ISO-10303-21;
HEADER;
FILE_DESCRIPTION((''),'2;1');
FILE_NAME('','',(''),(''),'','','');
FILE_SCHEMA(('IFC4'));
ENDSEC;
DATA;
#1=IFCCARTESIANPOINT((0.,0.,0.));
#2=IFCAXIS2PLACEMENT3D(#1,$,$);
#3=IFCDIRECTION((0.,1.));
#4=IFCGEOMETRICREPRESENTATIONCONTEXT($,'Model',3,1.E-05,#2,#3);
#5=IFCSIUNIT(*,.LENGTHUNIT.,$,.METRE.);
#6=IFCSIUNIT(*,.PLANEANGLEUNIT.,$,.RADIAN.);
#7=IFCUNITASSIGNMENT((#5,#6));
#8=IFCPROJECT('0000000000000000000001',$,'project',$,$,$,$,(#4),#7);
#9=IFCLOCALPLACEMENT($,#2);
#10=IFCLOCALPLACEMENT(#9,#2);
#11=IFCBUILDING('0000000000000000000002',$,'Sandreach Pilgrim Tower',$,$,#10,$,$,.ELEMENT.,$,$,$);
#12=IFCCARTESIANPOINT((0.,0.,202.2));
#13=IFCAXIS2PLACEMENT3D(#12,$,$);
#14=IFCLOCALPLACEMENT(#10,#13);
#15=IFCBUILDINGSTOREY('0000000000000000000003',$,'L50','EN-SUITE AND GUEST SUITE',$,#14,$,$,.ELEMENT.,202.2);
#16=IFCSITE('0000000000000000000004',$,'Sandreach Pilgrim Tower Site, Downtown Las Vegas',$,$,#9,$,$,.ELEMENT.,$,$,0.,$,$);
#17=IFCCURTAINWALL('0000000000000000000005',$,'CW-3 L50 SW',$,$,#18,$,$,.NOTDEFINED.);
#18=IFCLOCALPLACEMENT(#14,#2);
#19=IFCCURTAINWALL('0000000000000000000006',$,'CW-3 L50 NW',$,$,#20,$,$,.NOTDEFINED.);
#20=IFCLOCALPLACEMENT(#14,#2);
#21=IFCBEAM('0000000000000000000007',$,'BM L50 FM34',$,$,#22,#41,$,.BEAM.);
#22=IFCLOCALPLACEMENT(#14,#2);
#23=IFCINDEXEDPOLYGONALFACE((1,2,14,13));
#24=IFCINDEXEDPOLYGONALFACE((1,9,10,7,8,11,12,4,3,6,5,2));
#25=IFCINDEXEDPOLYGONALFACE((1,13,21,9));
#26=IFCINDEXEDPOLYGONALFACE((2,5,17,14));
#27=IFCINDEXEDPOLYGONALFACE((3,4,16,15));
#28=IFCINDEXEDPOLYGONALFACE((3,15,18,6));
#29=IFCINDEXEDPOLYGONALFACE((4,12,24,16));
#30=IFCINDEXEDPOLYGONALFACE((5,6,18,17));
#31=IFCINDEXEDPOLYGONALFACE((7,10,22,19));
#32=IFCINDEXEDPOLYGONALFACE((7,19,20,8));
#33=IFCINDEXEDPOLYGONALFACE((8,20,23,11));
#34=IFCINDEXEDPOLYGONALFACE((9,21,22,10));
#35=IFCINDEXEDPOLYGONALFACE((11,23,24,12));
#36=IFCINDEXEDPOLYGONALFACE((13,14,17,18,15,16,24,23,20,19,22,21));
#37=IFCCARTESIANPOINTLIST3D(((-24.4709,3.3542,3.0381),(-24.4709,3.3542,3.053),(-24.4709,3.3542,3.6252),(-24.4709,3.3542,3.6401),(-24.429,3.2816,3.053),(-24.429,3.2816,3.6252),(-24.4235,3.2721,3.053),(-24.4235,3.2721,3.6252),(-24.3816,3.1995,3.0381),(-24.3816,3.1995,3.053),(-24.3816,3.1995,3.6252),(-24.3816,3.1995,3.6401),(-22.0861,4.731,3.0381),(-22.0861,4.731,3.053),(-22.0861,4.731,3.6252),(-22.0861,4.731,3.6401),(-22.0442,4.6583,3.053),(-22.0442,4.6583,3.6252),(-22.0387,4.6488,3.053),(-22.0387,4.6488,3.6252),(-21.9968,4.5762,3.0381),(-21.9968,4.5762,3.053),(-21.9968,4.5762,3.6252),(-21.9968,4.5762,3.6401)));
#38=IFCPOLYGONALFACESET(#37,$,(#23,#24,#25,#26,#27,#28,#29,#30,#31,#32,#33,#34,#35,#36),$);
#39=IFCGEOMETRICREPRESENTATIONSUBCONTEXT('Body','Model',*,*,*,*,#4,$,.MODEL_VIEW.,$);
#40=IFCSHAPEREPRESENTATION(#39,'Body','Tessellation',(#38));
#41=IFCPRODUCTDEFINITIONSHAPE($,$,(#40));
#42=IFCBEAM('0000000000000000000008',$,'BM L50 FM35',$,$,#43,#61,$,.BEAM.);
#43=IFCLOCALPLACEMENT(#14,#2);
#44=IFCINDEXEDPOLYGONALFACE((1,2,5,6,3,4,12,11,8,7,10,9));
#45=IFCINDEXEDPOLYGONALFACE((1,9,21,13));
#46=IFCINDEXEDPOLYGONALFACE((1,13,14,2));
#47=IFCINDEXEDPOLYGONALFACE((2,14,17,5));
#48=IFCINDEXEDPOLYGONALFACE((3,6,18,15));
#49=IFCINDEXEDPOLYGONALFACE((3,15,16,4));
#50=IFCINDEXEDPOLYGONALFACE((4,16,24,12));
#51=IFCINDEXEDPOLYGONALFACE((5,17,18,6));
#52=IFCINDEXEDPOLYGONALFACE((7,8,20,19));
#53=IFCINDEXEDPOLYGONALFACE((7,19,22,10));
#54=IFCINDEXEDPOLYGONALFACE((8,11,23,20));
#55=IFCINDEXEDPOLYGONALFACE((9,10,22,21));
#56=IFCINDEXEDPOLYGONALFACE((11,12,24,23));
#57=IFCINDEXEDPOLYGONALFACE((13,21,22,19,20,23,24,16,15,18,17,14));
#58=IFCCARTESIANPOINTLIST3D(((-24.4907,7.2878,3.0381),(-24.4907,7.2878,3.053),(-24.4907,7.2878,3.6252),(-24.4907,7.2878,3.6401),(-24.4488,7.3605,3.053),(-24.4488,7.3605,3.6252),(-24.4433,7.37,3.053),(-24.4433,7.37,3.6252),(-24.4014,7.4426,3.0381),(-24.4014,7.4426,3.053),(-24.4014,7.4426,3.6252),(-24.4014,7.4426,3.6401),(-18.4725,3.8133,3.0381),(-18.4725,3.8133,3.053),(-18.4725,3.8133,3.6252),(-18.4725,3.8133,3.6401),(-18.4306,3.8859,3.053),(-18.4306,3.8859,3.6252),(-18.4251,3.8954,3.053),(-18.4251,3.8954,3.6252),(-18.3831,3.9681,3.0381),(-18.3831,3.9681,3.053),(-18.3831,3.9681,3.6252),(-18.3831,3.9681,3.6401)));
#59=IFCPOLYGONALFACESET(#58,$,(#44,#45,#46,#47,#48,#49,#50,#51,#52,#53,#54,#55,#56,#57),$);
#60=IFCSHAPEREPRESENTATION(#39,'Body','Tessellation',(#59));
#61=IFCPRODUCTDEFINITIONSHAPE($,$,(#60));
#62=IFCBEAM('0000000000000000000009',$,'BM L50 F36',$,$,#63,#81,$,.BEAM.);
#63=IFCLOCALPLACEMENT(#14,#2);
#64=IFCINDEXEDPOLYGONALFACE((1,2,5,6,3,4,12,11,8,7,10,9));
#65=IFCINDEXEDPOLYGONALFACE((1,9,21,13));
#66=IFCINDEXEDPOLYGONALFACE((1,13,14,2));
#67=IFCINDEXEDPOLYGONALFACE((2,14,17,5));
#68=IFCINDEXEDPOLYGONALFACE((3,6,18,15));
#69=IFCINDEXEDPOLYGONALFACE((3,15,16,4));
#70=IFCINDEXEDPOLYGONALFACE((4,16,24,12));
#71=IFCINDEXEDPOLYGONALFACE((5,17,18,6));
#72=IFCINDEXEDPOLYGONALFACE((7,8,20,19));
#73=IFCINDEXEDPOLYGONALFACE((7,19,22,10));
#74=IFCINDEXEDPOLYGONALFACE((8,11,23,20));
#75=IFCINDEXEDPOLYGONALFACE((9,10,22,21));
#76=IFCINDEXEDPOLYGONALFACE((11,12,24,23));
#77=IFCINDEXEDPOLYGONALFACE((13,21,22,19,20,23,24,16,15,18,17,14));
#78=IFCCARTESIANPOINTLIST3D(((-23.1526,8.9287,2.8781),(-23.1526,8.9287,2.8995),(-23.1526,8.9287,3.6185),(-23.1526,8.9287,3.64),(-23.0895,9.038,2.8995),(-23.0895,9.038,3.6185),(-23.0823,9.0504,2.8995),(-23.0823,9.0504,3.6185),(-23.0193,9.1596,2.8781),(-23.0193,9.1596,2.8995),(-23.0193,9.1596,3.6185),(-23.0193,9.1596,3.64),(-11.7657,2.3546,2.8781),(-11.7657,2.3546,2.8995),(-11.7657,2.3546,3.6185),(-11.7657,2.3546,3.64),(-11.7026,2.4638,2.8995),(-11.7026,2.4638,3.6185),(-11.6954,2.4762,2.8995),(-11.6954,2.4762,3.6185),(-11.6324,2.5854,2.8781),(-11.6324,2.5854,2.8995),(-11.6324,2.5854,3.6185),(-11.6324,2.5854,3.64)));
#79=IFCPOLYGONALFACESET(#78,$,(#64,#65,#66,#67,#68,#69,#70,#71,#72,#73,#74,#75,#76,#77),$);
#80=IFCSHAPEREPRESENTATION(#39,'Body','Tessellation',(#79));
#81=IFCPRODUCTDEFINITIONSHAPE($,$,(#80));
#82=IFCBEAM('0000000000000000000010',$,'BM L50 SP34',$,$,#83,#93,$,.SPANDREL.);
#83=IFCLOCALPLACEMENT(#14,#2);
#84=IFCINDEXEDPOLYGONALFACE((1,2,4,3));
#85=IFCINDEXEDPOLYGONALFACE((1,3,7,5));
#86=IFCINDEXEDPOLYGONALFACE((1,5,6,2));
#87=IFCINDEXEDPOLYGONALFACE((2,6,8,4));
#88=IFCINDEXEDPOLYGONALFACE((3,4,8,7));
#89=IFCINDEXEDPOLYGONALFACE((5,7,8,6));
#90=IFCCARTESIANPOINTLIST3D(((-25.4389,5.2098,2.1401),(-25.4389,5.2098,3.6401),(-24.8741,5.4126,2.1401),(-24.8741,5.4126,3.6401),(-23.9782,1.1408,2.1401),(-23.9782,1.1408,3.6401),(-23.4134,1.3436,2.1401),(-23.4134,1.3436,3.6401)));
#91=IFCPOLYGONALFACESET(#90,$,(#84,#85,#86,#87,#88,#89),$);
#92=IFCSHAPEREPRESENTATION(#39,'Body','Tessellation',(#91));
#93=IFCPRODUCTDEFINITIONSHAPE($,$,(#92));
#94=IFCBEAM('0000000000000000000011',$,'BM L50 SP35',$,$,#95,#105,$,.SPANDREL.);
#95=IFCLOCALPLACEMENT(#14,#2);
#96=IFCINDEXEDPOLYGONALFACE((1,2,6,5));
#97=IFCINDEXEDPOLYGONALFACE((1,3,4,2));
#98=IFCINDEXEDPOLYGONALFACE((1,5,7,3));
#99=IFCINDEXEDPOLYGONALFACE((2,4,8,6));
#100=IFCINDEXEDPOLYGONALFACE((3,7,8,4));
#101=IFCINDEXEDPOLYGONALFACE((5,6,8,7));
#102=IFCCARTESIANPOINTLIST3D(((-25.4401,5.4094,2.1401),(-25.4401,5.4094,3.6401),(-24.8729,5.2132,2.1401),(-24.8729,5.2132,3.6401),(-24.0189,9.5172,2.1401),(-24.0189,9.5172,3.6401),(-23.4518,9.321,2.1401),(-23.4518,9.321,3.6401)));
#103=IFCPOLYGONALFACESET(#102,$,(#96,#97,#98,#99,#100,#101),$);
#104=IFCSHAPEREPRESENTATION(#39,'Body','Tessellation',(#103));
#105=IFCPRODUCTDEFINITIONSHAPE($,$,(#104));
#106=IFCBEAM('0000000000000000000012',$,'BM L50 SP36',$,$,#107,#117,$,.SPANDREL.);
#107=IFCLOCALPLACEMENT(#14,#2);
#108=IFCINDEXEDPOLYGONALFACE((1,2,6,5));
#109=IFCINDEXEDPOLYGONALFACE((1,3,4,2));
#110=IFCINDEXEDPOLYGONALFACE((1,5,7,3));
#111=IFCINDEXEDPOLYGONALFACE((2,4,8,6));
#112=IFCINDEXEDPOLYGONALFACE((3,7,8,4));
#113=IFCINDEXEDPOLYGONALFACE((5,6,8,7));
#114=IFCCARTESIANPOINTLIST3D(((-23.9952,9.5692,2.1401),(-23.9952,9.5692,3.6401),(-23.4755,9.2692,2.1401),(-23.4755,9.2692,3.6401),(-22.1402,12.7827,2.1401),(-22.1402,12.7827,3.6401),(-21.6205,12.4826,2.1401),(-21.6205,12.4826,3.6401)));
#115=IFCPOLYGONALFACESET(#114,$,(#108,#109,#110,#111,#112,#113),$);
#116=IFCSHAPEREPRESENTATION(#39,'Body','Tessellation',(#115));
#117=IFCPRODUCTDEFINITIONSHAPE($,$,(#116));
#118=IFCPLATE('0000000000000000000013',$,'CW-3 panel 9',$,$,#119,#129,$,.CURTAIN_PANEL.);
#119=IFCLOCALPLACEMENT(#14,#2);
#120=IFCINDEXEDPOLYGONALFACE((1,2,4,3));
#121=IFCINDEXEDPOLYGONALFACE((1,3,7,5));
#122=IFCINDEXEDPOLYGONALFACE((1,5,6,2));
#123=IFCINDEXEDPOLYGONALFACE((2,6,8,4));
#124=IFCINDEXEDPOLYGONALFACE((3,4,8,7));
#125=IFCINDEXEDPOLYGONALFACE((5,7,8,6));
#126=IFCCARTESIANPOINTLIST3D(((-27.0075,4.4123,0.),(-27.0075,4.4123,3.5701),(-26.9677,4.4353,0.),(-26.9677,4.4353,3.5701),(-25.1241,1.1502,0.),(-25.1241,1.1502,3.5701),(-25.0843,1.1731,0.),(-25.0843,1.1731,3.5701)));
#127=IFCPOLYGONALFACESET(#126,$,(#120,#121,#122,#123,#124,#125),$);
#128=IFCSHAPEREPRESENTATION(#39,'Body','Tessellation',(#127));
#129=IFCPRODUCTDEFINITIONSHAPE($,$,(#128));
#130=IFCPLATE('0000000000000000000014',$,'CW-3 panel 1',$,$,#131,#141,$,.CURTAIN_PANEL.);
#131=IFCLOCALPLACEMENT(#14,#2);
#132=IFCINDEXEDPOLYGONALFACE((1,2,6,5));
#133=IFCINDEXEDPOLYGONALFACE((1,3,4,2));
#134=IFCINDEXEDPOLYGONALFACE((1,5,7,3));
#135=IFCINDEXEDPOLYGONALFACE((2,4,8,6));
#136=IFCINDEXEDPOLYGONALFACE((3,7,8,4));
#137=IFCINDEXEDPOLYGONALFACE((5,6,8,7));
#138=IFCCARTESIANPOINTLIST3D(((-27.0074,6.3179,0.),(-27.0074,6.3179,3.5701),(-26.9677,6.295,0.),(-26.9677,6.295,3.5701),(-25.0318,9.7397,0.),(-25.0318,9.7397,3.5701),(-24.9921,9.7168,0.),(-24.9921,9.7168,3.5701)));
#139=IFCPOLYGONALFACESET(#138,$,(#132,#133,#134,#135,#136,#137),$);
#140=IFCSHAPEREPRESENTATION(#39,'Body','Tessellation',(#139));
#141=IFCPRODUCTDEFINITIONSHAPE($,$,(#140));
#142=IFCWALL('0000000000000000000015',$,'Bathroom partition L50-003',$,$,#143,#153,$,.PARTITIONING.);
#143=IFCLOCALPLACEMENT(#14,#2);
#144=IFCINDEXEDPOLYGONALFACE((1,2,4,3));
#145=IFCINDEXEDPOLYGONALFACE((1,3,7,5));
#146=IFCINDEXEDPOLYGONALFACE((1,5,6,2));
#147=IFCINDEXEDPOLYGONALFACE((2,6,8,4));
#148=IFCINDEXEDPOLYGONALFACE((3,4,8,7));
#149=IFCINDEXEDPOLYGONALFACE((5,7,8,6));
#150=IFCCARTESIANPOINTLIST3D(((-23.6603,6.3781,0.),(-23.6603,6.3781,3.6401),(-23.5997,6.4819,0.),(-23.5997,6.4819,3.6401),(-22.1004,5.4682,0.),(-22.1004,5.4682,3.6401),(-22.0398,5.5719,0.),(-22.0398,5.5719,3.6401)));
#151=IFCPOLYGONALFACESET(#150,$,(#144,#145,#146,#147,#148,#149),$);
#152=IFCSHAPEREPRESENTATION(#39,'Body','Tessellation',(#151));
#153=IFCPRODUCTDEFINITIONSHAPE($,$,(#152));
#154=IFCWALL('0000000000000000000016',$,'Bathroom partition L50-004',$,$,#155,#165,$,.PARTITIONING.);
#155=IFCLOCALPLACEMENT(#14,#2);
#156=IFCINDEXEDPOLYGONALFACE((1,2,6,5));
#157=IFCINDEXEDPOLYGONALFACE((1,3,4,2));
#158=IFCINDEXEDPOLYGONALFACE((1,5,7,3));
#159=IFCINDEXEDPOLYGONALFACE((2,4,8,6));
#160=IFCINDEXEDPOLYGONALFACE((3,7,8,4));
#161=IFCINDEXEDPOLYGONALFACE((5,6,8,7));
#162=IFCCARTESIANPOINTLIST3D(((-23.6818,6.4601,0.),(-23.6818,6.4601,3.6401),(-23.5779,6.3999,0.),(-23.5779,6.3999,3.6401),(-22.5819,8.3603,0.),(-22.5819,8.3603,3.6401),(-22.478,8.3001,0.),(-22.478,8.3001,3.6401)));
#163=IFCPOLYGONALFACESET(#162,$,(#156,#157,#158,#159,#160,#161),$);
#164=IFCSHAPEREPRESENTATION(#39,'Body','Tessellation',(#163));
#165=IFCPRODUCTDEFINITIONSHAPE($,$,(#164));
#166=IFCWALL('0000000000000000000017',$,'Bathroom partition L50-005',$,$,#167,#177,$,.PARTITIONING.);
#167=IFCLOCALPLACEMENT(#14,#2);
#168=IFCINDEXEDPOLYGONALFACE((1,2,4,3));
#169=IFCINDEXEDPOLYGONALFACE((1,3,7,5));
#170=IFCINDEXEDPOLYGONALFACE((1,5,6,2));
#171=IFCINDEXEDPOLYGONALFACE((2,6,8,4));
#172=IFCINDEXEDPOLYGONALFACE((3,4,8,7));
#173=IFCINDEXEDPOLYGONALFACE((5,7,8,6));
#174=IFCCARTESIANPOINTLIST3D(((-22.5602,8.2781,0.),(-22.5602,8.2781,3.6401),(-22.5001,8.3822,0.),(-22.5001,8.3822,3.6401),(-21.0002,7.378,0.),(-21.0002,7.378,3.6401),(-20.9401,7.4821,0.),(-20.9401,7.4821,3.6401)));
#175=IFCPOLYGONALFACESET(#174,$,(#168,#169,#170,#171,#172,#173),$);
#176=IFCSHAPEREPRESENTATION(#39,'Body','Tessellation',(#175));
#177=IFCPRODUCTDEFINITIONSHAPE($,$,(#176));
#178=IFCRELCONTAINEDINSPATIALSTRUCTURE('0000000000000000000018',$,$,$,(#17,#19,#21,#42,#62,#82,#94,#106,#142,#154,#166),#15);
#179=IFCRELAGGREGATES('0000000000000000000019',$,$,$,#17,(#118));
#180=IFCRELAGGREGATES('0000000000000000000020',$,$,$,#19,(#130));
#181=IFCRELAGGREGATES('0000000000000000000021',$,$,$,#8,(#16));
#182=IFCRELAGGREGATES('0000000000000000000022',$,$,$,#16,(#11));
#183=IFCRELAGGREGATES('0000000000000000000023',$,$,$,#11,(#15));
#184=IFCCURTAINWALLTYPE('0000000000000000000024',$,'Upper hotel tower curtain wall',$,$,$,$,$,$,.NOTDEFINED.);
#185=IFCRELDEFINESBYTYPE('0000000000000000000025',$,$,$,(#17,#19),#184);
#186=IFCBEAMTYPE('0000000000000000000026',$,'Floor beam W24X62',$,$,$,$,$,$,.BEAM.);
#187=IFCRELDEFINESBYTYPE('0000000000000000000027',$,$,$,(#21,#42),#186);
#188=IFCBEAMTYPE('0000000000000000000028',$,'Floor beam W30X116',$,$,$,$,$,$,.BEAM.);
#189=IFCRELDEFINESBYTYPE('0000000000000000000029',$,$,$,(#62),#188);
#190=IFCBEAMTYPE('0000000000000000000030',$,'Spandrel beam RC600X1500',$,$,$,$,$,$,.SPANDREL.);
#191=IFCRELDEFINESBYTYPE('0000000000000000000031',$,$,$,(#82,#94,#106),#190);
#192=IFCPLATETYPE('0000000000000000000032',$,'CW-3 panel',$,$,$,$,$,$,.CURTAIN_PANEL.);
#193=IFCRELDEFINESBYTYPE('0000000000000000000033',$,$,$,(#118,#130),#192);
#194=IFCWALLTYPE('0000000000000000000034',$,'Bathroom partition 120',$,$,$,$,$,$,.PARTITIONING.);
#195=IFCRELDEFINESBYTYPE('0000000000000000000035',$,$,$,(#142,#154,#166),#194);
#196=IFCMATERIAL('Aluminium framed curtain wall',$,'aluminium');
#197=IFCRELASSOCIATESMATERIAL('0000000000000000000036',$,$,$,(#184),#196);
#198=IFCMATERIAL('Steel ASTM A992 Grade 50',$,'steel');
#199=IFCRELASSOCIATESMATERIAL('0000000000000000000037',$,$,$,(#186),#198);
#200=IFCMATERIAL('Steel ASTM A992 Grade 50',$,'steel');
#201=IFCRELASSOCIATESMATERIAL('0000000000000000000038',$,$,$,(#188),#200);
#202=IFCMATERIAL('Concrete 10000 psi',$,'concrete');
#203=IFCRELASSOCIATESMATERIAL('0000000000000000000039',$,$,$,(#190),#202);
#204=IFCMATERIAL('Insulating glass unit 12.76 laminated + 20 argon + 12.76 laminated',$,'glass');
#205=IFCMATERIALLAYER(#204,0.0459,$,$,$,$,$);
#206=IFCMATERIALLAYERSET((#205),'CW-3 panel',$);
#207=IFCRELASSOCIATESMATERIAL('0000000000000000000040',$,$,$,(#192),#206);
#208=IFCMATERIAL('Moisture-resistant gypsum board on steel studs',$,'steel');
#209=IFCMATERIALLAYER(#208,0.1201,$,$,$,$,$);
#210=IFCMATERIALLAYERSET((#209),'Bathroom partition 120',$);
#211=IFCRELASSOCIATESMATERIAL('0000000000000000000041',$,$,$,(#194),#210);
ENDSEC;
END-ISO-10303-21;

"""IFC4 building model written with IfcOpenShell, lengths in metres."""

from ifc_helpers import new_model, si_unit, direction, frame, frame_2d, origin, origin_2d, place, context, subcontext, project, spatial, rectangle, i_section, extrude, material, layer, layer_set, material_profile, profile_set, type_object, element, aggregate, save


model = new_model("IFC4")

# Units and contexts
model_context = context("Model", 3, precision=1e-05, world=origin(), true_north=direction((0.0, 1.0)))
body_context = subcontext(model_context, "Body", "Model", "MODEL_VIEW")
ifc_project = project(units=[si_unit("LENGTHUNIT", "METRE"), si_unit("PLANEANGLEUNIT", "RADIAN")], contexts=[model_context])

# Site, building, storey
site_placement = place(None, origin())
site = spatial("IfcSite", under=ifc_project, at=site_placement, Name="Sandreach Pilgrim Tower Site, Downtown Las Vegas", CompositionType="ELEMENT", RefElevation=0.0)
building_placement = place(site_placement, origin())
building = spatial("IfcBuilding", under=site, at=building_placement, Name="Sandreach Pilgrim Tower", CompositionType="ELEMENT")
storey_placement = place(building_placement, frame((0.0, 0.0, 202.2)))
storey = spatial("IfcBuildingStorey", under=building, at=storey_placement, Name="L50", Description="EN-SUITE AND GUEST SUITE", CompositionType="ELEMENT", Elevation=202.2)

# Curtain walls
ifc_material_1 = material(Name="Aluminium framed curtain wall", Category="aluminium")
curtain_wall_type = type_object("IfcCurtainWallType", Name="Upper hotel tower curtain wall", PredefinedType="NOTDEFINED", material=ifc_material_1)
curtain_wall_1_placement = place(storey_placement, origin())
curtain_wall_1 = element("IfcCurtainWall", 1, at=curtain_wall_1_placement, inside=storey, type_object=curtain_wall_type, Name="CW-3 L50 SW", PredefinedType="NOTDEFINED")
curtain_wall_2_placement = place(storey_placement, origin())
curtain_wall_2 = element("IfcCurtainWall", 2, at=curtain_wall_2_placement, inside=storey, type_object=curtain_wall_type, Name="CW-3 L50 NW", PredefinedType="NOTDEFINED")

# Beams
ifc_material_2 = material(Name="Steel ASTM A992 Grade 50", Category="steel")
ifc_material_profile_1 = material_profile(ifc_material_2, i_section(OverallWidth=0.1787, OverallDepth=0.6021, WebThickness=0.011, FlangeThickness=0.0149, at=origin_2d()), Name="W24X62")
ifc_profile_set_1 = profile_set([ifc_material_profile_1], Name="Steel ASTM A992 Grade 50")
beam_type_1 = type_object("IfcBeamType", Name="Floor beam W24X62", PredefinedType="BEAM", material=ifc_profile_set_1)
beam_1_placement = place(storey_placement, frame((-24.4263, 3.2769, 3.3391), z_axis=(0.866047, 0.499963, 0.0), x_axis=(-0.499963, 0.866047, 0.0)))
element("IfcBeam", 3, at=beam_1_placement, inside=storey, type_object=beam_type_1, Name="BM L50 FM34", PredefinedType="BEAM", context=body_context, shape_type="SweptSolid", body=[
    extrude(i_section(OverallWidth=0.1787, OverallDepth=0.6021, WebThickness=0.011, FlangeThickness=0.0149, at=origin_2d()), origin(), (0.0, 0.0, 1.0), 2.7537),
])
beam_2_placement = place(storey_placement, frame((-24.446, 7.3652, 3.3391), z_axis=(0.866029, -0.499993, 0.0), x_axis=(0.499993, 0.866029, 0.0)))
element("IfcBeam", 4, at=beam_2_placement, inside=storey, type_object=beam_type_1, Name="BM L50 FM35", PredefinedType="BEAM", context=body_context, shape_type="SweptSolid", body=[
    extrude(i_section(OverallWidth=0.1787, OverallDepth=0.6021, WebThickness=0.011, FlangeThickness=0.0149, at=origin_2d()), origin(), (0.0, 0.0, 1.0), 6.9492),
])
ifc_material_3 = material(Name="Steel ASTM A992 Grade 50", Category="steel")
ifc_material_profile_2 = material_profile(ifc_material_3, i_section(OverallWidth=0.2666, OverallDepth=0.762, WebThickness=0.0144, FlangeThickness=0.0215, at=origin_2d()), Name="W30X116")
ifc_profile_set_2 = profile_set([ifc_material_profile_2], Name="Steel ASTM A992 Grade 50")
beam_type_2 = type_object("IfcBeamType", Name="Floor beam W30X116", PredefinedType="BEAM", material=ifc_profile_set_2)
beam_3_placement = place(storey_placement, frame((-23.0859, 9.0442, 3.259), z_axis=(0.866027, -0.499997, 0.0), x_axis=(0.499997, 0.866027, 0.0)))
element("IfcBeam", 5, at=beam_3_placement, inside=storey, type_object=beam_type_2, Name="BM L50 F36", PredefinedType="BEAM", context=body_context, shape_type="SweptSolid", body=[
    extrude(i_section(OverallWidth=0.2666, OverallDepth=0.762, WebThickness=0.0144, FlangeThickness=0.0215, at=origin_2d()), origin(), (0.0, 0.0, 1.0), 13.1484),
])
ifc_material_4 = material(Name="Concrete 10000 psi", Category="concrete")
ifc_material_profile_3 = material_profile(ifc_material_4, rectangle(XDim=0.6001, YDim=1.5, at=origin_2d()), Name="RC600X1500")
ifc_profile_set_3 = profile_set([ifc_material_profile_3], Name="Concrete 10000 psi")
beam_type_3 = type_object("IfcBeamType", Name="Spandrel beam RC600X1500", PredefinedType="SPANDREL", material=ifc_profile_set_3)
beam_4_placement = place(storey_placement, frame((-23.6958, 1.2422, 2.8901), z_axis=(-0.337863, 0.941195, 0.0), x_axis=(-0.941195, -0.337863, 0.0)))
element("IfcBeam", 6, at=beam_4_placement, inside=storey, type_object=beam_type_3, Name="BM L50 SP34", PredefinedType="SPANDREL", context=body_context, shape_type="SweptSolid", body=[
    extrude(rectangle(XDim=0.6001, YDim=1.5, at=origin_2d()), origin(), (0.0, 0.0, 1.0), 4.3232),
])
beam_5_placement = place(storey_placement, frame((-25.1565, 5.3113, 2.8901), z_axis=(0.326941, 0.945045, 0.0), x_axis=(-0.945045, 0.326941, 0.0)))
element("IfcBeam", 7, at=beam_5_placement, inside=storey, type_object=beam_type_3, Name="BM L50 SP35", PredefinedType="SPANDREL", context=body_context, shape_type="SweptSolid", body=[
    extrude(rectangle(XDim=0.6001, YDim=1.5, at=origin_2d()), origin(), (0.0, 0.0, 1.0), 4.3467),
])
beam_6_placement = place(storey_placement, frame((-23.7354, 9.4192, 2.8901), z_axis=(0.499946, 0.866056, 0.0), x_axis=(-0.866056, 0.499946, 0.0)))
element("IfcBeam", 8, at=beam_6_placement, inside=storey, type_object=beam_type_3, Name="BM L50 SP36", PredefinedType="SPANDREL", context=body_context, shape_type="SweptSolid", body=[
    extrude(rectangle(XDim=0.6001, YDim=1.5, at=origin_2d()), origin(), (0.0, 0.0, 1.0), 3.7104),
])

# Plates
ifc_material_5 = material(Name="Insulating glass unit 12.76 laminated + 20 argon + 12.76 laminated", Category="glass")
ifc_layer_1 = layer(ifc_material_5, 0.0459)
ifc_layer_set_1 = layer_set([ifc_layer_1], Name="CW-3 panel")
plate_type = type_object("IfcPlateType", Name="CW-3 panel", PredefinedType="CURTAIN_PANEL", material=ifc_layer_set_1)
plate_1_placement = place(storey_placement, frame((-26.0459, 2.7927, 0.0), z_axis=(0.0, 0.0, 1.0), x_axis=(-0.5, 0.866025, 0.0)))
plate_1 = element("IfcPlate", 9, at=plate_1_placement, type_object=plate_type, Name="CW-3 panel 9", PredefinedType="CURTAIN_PANEL", context=body_context, shape_type="SweptSolid", body=[
    extrude(rectangle(XDim=3.7668, YDim=0.0459, at=origin_2d()), origin(), (0.0, 0.0, 1.0), 3.5701),
])
aggregate(curtain_wall_1, [plate_1])
plate_2_placement = place(storey_placement, frame((-25.9998, 8.0173, 0.0), z_axis=(0.0, 0.0, 1.0), x_axis=(0.5, 0.866025, 0.0)))
plate_2 = element("IfcPlate", 10, at=plate_2_placement, type_object=plate_type, Name="CW-3 panel 1", PredefinedType="CURTAIN_PANEL", context=body_context, shape_type="SweptSolid", body=[
    extrude(rectangle(XDim=3.9512, YDim=0.0459, at=origin_2d()), origin(), (0.0, 0.0, 1.0), 3.5701),
])
aggregate(curtain_wall_2, [plate_2])

# Walls
ifc_material_6 = material(Name="Moisture-resistant gypsum board on steel studs", Category="steel")
ifc_layer_2 = layer(ifc_material_6, 0.1201)
ifc_layer_set_2 = layer_set([ifc_layer_2], Name="Bathroom partition 120")
wall_type_1 = type_object("IfcWallType", Name="Bathroom partition 120", PredefinedType="PARTITIONING", material=ifc_layer_set_2)
wall_1_placement = place(storey_placement, frame((-23.6299, 6.4299, 0.0), z_axis=(0.0, 0.0, 1.0), x_axis=(0.863774, -0.503879, 0.0)))
element("IfcWall", 11, at=wall_1_placement, inside=storey, type_object=wall_type_1, Name="Bathroom partition L50-003", PredefinedType="PARTITIONING", context=body_context, shape_type="SweptSolid", body=[
    extrude(rectangle(XDim=1.8059, YDim=0.1201, at=frame_2d((0.9028, 0.0))), origin(), (0.0, 0.0, 1.0), 3.6401),
])
wall_2_placement = place(storey_placement, frame((-22.53, 8.3301, 0.0), z_axis=(0.0, 0.0, 1.0), x_axis=(-0.500957, -0.865472, 0.0)))
element("IfcWall", 12, at=wall_2_placement, inside=storey, type_object=wall_type_1, Name="Bathroom partition L50-004", PredefinedType="PARTITIONING", context=body_context, shape_type="SweptSolid", body=[
    extrude(rectangle(XDim=2.1956, YDim=0.1201, at=frame_2d((1.0977, 0.0))), origin(), (0.0, 0.0, 1.0), 3.6401),
])
wall_3_placement = place(storey_placement, frame((-22.53, 8.3301, 0.0), z_axis=(0.0, 0.0, 1.0), x_axis=(0.866159, -0.499769, 0.0)))
element("IfcWall", 13, at=wall_3_placement, inside=storey, type_object=wall_type_1, Name="Bathroom partition L50-005", PredefinedType="PARTITIONING", context=body_context, shape_type="SweptSolid", body=[
    extrude(rectangle(XDim=1.801, YDim=0.1201, at=frame_2d((0.9004, 0.0))), origin(), (0.0, 0.0, 1.0), 3.6401),
])

save(model, "model.ifc")
